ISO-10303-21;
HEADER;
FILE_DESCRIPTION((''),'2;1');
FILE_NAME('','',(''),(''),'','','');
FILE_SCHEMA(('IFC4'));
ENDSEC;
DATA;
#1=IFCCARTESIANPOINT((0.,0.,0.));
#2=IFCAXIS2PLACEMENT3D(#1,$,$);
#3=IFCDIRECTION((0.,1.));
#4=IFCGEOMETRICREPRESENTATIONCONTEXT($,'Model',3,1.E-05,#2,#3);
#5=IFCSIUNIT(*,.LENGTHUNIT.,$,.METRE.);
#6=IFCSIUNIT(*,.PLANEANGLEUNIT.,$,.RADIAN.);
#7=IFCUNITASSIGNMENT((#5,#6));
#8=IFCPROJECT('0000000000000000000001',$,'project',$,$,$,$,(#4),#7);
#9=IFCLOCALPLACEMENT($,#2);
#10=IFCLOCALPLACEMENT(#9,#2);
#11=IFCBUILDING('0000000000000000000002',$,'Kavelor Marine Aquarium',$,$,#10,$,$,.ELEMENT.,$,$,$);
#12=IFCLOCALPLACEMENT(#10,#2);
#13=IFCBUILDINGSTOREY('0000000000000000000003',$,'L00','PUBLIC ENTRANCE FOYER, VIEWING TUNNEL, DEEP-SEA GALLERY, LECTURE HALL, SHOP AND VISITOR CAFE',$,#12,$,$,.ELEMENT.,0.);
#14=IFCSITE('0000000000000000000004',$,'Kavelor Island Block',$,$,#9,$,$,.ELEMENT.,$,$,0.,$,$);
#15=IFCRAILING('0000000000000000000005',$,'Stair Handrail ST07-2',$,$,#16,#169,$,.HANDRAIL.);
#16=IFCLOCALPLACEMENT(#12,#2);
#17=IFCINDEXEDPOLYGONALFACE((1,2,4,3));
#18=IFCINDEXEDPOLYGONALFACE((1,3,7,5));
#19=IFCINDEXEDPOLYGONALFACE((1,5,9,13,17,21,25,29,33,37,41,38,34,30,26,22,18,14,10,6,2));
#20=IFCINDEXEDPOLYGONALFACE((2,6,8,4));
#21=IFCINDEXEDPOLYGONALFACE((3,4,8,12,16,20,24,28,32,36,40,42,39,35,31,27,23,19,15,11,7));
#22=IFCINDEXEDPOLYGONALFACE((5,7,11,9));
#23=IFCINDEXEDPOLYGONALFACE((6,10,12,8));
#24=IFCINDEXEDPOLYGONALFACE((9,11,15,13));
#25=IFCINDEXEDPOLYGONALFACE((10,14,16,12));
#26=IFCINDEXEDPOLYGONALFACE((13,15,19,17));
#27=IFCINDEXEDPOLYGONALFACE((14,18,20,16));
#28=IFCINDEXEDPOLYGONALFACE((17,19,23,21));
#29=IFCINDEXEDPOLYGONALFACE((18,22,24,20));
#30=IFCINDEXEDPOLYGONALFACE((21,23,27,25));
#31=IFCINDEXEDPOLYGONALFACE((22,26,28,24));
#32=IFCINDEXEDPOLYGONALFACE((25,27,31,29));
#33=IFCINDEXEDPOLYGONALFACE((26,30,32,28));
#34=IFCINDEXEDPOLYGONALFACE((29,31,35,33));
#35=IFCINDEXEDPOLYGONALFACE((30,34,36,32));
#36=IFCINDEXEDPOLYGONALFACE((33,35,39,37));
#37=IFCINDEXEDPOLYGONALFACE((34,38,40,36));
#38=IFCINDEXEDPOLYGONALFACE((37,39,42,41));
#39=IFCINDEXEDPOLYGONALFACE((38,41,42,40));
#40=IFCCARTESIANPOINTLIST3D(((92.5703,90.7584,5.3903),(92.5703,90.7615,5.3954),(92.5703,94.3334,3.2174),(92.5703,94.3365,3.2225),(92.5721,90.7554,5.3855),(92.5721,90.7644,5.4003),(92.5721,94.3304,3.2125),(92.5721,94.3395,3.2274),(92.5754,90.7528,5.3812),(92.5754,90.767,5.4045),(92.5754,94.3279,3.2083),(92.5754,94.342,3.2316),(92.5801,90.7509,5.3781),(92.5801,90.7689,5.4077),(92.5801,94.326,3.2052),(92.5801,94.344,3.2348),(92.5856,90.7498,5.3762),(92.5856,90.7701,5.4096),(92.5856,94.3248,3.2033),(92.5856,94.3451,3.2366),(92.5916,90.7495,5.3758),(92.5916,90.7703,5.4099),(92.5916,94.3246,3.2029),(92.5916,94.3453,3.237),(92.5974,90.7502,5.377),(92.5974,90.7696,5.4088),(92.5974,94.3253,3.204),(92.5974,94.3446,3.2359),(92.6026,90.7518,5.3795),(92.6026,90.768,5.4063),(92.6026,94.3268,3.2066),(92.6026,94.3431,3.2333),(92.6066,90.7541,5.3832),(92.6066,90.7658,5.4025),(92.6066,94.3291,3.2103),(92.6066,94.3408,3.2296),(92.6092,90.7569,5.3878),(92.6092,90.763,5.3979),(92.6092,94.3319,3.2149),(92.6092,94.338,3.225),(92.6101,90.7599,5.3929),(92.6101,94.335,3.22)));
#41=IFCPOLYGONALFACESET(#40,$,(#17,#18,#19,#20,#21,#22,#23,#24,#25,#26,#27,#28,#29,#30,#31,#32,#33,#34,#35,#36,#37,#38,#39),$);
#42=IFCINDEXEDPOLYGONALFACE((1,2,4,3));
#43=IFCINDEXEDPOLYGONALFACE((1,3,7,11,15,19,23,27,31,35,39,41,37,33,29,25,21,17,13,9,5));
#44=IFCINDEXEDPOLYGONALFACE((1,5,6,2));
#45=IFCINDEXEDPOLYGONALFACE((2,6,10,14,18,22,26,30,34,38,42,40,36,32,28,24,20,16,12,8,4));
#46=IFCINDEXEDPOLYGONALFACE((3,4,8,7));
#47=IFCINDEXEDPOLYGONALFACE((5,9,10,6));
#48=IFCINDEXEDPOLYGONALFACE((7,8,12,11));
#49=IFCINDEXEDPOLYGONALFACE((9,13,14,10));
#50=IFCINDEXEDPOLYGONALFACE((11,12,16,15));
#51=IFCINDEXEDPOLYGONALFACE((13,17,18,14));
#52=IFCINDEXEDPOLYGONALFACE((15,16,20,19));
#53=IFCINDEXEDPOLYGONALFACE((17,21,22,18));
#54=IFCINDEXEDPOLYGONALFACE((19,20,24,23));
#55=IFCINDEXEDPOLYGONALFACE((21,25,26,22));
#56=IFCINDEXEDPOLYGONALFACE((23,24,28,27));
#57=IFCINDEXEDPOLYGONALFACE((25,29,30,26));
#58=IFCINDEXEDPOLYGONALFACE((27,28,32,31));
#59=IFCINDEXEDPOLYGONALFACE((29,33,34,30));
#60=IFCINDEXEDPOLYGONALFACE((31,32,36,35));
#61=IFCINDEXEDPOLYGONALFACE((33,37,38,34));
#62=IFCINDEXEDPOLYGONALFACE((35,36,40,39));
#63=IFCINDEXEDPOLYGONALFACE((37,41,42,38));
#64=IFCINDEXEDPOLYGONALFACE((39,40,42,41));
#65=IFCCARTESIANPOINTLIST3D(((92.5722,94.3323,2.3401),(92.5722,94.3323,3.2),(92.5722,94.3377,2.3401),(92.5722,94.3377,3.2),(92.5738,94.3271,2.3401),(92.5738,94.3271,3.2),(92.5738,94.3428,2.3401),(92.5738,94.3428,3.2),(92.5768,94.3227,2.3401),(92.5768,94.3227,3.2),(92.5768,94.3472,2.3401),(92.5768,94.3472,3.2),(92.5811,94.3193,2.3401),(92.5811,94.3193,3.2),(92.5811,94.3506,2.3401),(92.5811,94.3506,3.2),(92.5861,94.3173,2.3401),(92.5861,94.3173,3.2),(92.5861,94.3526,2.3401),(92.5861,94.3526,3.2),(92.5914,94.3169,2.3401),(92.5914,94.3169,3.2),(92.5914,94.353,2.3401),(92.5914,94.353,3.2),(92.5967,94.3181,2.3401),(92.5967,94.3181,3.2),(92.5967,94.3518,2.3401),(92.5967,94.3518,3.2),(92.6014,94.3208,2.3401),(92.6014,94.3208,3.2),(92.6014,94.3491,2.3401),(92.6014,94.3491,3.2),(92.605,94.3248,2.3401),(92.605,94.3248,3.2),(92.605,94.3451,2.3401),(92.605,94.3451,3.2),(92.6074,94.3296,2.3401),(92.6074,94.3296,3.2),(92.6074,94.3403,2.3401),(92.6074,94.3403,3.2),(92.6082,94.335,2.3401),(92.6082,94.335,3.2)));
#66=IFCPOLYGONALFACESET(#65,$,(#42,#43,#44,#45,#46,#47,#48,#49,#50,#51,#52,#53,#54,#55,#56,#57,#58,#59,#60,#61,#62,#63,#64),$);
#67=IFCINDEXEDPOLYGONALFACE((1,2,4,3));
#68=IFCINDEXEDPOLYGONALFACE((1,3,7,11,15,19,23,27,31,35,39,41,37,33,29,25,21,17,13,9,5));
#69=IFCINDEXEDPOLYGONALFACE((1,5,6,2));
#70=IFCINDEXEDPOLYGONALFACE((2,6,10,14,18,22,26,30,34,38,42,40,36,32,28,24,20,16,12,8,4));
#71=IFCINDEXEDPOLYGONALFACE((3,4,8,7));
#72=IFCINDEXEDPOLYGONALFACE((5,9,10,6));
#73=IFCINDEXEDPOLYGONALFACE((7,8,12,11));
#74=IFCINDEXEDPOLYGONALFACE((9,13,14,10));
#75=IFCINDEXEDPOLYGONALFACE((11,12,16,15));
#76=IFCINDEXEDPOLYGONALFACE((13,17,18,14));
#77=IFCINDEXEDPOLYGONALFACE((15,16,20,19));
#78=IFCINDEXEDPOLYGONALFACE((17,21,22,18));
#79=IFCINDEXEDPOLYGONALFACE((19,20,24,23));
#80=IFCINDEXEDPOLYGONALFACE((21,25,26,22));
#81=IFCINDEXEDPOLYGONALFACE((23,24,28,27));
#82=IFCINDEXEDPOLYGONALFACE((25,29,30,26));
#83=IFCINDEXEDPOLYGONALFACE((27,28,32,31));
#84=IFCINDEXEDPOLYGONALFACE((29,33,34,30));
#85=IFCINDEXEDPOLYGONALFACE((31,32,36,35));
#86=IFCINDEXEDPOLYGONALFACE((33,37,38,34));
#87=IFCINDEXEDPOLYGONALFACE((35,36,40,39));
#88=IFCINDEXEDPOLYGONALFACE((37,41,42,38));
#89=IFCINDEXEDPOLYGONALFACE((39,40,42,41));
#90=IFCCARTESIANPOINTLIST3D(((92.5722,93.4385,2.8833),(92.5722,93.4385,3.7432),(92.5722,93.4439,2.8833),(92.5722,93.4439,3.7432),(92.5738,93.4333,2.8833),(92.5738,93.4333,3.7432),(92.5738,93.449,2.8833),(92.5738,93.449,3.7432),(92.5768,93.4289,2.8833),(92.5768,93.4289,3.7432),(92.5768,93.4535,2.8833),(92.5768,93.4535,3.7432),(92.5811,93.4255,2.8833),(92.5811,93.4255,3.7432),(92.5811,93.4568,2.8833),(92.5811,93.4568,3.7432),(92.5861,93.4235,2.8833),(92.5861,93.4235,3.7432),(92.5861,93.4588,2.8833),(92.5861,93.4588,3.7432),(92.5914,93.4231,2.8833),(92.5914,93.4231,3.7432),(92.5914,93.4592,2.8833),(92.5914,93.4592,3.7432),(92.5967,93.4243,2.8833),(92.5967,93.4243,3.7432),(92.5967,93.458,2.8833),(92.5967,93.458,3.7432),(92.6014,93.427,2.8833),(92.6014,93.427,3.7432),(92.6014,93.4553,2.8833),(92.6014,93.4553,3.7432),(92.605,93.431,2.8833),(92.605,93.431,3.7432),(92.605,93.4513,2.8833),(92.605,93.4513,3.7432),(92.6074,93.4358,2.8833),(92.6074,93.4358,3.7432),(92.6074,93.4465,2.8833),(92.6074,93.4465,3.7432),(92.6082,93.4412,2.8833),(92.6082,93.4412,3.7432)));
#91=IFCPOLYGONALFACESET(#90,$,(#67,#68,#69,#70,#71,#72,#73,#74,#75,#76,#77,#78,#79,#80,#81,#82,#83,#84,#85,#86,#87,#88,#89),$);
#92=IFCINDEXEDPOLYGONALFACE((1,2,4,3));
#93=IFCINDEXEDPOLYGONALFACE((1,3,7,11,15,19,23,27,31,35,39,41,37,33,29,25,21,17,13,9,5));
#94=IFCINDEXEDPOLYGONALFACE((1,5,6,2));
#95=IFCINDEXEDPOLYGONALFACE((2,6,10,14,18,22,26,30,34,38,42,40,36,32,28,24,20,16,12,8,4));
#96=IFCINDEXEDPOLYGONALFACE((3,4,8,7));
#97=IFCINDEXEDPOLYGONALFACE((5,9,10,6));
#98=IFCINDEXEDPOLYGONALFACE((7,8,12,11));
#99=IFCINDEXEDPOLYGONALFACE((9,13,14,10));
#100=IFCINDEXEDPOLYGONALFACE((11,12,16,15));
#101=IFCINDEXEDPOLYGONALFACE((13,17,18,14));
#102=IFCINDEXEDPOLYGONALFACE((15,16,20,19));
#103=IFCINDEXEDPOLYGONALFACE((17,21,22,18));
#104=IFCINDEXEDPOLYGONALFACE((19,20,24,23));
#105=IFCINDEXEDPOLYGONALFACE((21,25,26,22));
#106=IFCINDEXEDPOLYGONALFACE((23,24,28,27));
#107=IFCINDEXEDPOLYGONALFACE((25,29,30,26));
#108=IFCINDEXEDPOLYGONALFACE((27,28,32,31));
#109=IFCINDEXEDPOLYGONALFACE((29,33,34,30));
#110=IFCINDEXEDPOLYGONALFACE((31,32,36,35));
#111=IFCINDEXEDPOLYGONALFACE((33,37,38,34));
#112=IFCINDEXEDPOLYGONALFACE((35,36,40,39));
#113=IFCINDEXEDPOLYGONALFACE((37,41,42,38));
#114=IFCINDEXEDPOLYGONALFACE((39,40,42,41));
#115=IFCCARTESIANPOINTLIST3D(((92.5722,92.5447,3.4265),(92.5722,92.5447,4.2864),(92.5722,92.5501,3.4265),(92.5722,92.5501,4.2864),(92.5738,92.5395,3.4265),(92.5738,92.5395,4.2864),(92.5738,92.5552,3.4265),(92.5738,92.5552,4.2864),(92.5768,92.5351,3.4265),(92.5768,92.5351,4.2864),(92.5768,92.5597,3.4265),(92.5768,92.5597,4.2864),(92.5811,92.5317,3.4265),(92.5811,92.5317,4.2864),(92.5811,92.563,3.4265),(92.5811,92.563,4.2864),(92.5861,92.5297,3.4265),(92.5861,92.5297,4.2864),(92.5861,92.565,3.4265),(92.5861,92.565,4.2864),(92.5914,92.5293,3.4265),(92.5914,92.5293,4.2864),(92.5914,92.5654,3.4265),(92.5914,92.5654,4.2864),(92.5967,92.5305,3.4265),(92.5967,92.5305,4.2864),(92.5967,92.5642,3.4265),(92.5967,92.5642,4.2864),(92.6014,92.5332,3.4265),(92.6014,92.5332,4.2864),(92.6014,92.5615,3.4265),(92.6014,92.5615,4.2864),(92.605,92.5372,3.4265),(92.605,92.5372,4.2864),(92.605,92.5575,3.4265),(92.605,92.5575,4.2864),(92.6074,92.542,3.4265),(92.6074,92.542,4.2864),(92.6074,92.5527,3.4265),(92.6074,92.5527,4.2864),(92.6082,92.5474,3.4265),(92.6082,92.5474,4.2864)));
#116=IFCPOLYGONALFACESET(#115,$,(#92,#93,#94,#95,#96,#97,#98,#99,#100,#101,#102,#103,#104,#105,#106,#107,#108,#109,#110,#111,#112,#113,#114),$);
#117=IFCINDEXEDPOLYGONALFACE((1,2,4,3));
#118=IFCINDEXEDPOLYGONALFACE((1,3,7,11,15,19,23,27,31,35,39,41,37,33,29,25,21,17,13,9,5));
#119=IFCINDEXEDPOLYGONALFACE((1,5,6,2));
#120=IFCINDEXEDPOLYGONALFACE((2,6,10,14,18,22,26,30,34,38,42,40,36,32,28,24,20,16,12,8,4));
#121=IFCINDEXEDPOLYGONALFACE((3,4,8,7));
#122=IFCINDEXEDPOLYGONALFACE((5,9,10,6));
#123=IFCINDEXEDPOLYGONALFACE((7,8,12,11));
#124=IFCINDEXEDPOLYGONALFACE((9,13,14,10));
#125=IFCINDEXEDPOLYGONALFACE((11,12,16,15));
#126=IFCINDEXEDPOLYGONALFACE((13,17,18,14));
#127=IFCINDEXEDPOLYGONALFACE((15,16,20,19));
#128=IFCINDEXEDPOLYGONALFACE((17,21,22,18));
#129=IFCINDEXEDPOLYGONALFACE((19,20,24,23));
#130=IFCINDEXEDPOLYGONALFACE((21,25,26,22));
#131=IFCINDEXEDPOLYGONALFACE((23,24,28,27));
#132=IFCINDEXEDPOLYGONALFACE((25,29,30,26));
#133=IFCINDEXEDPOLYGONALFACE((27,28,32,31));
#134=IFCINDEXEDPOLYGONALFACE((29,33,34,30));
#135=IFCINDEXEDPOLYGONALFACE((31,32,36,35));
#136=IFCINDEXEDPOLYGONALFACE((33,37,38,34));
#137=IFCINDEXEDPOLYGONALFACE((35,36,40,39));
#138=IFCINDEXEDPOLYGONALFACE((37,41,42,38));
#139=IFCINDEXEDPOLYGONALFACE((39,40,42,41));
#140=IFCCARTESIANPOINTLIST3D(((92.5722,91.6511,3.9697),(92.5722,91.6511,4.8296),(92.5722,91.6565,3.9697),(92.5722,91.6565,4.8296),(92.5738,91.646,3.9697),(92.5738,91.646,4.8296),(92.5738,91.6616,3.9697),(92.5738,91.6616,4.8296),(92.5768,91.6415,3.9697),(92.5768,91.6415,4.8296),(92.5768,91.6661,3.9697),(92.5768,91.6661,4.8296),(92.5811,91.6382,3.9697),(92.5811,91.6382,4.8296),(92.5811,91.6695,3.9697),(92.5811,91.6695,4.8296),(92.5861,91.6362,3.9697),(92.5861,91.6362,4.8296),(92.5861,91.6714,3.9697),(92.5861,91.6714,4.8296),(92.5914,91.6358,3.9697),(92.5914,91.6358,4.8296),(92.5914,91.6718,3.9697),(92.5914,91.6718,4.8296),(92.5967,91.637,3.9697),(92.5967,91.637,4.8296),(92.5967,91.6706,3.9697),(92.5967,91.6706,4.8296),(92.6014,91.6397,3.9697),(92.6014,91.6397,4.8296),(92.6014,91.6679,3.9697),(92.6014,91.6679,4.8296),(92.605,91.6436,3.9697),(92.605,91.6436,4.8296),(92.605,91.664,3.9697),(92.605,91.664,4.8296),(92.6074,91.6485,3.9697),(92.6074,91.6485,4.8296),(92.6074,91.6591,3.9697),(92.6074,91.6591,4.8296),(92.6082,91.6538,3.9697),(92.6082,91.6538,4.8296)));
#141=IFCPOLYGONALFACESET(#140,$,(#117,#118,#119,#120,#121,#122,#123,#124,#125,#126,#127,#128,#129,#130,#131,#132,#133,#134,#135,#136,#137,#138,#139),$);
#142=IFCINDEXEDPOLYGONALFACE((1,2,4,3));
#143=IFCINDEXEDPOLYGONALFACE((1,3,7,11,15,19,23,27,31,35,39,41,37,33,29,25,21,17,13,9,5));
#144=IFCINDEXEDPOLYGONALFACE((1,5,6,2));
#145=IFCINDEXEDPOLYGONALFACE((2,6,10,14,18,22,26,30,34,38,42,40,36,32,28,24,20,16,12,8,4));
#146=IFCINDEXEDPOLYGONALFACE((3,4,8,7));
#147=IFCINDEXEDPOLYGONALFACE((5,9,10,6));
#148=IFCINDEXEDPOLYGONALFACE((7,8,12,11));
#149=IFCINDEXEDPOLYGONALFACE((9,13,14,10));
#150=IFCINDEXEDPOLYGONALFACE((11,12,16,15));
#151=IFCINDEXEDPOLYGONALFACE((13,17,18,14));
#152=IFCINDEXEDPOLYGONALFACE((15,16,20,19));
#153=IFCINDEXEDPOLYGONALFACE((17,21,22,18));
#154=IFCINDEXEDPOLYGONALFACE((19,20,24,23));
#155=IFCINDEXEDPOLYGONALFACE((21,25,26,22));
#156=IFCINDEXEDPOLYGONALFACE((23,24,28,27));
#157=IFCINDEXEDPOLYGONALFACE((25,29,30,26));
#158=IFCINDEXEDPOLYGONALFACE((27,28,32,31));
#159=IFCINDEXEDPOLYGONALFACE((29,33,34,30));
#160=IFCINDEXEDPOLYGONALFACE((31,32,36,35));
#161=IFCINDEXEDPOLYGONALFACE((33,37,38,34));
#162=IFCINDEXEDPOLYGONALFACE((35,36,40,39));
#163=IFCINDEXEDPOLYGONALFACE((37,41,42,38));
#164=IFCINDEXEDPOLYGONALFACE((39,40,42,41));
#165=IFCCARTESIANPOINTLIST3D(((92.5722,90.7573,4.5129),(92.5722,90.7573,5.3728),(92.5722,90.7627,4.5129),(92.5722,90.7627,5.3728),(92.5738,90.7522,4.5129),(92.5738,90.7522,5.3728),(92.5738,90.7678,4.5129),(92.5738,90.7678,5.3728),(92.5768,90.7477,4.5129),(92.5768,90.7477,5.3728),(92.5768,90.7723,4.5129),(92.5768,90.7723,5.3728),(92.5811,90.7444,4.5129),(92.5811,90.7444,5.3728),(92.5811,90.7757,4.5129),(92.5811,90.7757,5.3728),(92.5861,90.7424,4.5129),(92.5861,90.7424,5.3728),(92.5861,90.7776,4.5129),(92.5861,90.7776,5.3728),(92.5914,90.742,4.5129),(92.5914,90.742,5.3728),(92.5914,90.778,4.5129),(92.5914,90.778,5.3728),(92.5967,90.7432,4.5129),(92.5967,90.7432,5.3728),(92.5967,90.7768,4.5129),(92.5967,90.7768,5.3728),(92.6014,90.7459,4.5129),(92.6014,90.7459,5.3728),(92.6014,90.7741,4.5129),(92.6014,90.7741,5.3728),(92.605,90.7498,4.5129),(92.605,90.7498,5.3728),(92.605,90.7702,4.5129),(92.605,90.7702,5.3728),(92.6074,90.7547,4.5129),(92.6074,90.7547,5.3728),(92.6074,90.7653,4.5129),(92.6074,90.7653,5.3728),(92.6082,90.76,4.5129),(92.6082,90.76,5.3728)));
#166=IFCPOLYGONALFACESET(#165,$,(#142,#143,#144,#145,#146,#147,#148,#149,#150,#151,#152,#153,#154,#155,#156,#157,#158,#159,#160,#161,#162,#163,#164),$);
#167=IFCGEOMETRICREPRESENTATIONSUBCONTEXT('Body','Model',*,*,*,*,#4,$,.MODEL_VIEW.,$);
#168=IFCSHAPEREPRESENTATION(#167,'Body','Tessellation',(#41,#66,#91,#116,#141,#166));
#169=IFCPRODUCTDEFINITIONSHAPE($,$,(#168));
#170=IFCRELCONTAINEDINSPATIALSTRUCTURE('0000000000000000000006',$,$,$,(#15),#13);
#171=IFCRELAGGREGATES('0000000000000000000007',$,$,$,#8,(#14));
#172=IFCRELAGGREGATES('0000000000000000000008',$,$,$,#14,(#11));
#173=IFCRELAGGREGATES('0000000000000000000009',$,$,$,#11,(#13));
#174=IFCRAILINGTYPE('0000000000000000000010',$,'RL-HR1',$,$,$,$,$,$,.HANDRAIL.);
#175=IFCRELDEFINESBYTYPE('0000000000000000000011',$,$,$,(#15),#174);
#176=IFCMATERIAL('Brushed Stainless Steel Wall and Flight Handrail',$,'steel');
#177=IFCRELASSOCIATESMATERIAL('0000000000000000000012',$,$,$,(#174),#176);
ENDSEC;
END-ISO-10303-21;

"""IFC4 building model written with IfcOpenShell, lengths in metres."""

from ifc_helpers import new_model, si_unit, direction, frame, origin, origin_2d, place, context, subcontext, project, spatial, circle, extrude, material, type_object, element, save


model = new_model("IFC4")

# Units and contexts
model_context = context("Model", 3, precision=1e-05, world=origin(), true_north=direction((0.0, 1.0)))
body_context = subcontext(model_context, "Body", "Model", "MODEL_VIEW")
ifc_project = project(units=[si_unit("LENGTHUNIT", "METRE"), si_unit("PLANEANGLEUNIT", "RADIAN")], contexts=[model_context])

# Site, building, storey
site_placement = place(None, origin())
site = spatial("IfcSite", under=ifc_project, at=site_placement, Name="Kavelor Island Block", CompositionType="ELEMENT", RefElevation=0.0)
building_placement = place(site_placement, origin())
building = spatial("IfcBuilding", under=site, at=building_placement, Name="Kavelor Marine Aquarium", CompositionType="ELEMENT")
storey_placement = place(building_placement, origin())
storey = spatial("IfcBuildingStorey", under=building, at=storey_placement, Name="L00", Description="PUBLIC ENTRANCE FOYER, VIEWING TUNNEL, DEEP-SEA GALLERY, LECTURE HALL, SHOP AND VISITOR CAFE", CompositionType="ELEMENT", Elevation=0.0)

# Railing
ifc_material_1 = material(Name="Brushed Stainless Steel Wall and Flight Handrail", Category="steel")
railing_type_1 = type_object("IfcRailingType", Name="RL-HR1", PredefinedType="HANDRAIL", material=ifc_material_1)
railing_1_placement = place(storey_placement, frame((92.5901, 94.335, 2.3401)))
element("IfcRailing", 1, at=railing_1_placement, inside=storey, type_object=railing_type_1, Name="Stair Handrail ST07-2", PredefinedType="HANDRAIL", context=body_context, shape_type="SweptSolid", body=[
    extrude(circle(Radius=0.02, at=origin_2d()), frame((0.0, 0.0, 0.8799), z_axis=(0.0, -0.854539, 0.519388), x_axis=(1.0, 0.0, 0.0)), (0.0, 0.0, 1.0), 4.1836),
    extrude(circle(Radius=0.0181, at=origin_2d()), origin(), (0.0, 0.0, 1.0), 0.8599),
    extrude(circle(Radius=0.0181, at=origin_2d()), frame((0.0, -0.8938, 0.5432)), (0.0, 0.0, 1.0), 0.8599),
    extrude(circle(Radius=0.0181, at=origin_2d()), frame((0.0, -1.7876, 1.0864)), (0.0, 0.0, 1.0), 0.8599),
    extrude(circle(Radius=0.0181, at=origin_2d()), frame((0.0, -2.6812, 1.6296)), (0.0, 0.0, 1.0), 0.8599),
    extrude(circle(Radius=0.0181, at=origin_2d()), frame((0.0, -3.575, 2.1729)), (0.0, 0.0, 1.0), 0.8599),
])

save(model, "model.ifc")
